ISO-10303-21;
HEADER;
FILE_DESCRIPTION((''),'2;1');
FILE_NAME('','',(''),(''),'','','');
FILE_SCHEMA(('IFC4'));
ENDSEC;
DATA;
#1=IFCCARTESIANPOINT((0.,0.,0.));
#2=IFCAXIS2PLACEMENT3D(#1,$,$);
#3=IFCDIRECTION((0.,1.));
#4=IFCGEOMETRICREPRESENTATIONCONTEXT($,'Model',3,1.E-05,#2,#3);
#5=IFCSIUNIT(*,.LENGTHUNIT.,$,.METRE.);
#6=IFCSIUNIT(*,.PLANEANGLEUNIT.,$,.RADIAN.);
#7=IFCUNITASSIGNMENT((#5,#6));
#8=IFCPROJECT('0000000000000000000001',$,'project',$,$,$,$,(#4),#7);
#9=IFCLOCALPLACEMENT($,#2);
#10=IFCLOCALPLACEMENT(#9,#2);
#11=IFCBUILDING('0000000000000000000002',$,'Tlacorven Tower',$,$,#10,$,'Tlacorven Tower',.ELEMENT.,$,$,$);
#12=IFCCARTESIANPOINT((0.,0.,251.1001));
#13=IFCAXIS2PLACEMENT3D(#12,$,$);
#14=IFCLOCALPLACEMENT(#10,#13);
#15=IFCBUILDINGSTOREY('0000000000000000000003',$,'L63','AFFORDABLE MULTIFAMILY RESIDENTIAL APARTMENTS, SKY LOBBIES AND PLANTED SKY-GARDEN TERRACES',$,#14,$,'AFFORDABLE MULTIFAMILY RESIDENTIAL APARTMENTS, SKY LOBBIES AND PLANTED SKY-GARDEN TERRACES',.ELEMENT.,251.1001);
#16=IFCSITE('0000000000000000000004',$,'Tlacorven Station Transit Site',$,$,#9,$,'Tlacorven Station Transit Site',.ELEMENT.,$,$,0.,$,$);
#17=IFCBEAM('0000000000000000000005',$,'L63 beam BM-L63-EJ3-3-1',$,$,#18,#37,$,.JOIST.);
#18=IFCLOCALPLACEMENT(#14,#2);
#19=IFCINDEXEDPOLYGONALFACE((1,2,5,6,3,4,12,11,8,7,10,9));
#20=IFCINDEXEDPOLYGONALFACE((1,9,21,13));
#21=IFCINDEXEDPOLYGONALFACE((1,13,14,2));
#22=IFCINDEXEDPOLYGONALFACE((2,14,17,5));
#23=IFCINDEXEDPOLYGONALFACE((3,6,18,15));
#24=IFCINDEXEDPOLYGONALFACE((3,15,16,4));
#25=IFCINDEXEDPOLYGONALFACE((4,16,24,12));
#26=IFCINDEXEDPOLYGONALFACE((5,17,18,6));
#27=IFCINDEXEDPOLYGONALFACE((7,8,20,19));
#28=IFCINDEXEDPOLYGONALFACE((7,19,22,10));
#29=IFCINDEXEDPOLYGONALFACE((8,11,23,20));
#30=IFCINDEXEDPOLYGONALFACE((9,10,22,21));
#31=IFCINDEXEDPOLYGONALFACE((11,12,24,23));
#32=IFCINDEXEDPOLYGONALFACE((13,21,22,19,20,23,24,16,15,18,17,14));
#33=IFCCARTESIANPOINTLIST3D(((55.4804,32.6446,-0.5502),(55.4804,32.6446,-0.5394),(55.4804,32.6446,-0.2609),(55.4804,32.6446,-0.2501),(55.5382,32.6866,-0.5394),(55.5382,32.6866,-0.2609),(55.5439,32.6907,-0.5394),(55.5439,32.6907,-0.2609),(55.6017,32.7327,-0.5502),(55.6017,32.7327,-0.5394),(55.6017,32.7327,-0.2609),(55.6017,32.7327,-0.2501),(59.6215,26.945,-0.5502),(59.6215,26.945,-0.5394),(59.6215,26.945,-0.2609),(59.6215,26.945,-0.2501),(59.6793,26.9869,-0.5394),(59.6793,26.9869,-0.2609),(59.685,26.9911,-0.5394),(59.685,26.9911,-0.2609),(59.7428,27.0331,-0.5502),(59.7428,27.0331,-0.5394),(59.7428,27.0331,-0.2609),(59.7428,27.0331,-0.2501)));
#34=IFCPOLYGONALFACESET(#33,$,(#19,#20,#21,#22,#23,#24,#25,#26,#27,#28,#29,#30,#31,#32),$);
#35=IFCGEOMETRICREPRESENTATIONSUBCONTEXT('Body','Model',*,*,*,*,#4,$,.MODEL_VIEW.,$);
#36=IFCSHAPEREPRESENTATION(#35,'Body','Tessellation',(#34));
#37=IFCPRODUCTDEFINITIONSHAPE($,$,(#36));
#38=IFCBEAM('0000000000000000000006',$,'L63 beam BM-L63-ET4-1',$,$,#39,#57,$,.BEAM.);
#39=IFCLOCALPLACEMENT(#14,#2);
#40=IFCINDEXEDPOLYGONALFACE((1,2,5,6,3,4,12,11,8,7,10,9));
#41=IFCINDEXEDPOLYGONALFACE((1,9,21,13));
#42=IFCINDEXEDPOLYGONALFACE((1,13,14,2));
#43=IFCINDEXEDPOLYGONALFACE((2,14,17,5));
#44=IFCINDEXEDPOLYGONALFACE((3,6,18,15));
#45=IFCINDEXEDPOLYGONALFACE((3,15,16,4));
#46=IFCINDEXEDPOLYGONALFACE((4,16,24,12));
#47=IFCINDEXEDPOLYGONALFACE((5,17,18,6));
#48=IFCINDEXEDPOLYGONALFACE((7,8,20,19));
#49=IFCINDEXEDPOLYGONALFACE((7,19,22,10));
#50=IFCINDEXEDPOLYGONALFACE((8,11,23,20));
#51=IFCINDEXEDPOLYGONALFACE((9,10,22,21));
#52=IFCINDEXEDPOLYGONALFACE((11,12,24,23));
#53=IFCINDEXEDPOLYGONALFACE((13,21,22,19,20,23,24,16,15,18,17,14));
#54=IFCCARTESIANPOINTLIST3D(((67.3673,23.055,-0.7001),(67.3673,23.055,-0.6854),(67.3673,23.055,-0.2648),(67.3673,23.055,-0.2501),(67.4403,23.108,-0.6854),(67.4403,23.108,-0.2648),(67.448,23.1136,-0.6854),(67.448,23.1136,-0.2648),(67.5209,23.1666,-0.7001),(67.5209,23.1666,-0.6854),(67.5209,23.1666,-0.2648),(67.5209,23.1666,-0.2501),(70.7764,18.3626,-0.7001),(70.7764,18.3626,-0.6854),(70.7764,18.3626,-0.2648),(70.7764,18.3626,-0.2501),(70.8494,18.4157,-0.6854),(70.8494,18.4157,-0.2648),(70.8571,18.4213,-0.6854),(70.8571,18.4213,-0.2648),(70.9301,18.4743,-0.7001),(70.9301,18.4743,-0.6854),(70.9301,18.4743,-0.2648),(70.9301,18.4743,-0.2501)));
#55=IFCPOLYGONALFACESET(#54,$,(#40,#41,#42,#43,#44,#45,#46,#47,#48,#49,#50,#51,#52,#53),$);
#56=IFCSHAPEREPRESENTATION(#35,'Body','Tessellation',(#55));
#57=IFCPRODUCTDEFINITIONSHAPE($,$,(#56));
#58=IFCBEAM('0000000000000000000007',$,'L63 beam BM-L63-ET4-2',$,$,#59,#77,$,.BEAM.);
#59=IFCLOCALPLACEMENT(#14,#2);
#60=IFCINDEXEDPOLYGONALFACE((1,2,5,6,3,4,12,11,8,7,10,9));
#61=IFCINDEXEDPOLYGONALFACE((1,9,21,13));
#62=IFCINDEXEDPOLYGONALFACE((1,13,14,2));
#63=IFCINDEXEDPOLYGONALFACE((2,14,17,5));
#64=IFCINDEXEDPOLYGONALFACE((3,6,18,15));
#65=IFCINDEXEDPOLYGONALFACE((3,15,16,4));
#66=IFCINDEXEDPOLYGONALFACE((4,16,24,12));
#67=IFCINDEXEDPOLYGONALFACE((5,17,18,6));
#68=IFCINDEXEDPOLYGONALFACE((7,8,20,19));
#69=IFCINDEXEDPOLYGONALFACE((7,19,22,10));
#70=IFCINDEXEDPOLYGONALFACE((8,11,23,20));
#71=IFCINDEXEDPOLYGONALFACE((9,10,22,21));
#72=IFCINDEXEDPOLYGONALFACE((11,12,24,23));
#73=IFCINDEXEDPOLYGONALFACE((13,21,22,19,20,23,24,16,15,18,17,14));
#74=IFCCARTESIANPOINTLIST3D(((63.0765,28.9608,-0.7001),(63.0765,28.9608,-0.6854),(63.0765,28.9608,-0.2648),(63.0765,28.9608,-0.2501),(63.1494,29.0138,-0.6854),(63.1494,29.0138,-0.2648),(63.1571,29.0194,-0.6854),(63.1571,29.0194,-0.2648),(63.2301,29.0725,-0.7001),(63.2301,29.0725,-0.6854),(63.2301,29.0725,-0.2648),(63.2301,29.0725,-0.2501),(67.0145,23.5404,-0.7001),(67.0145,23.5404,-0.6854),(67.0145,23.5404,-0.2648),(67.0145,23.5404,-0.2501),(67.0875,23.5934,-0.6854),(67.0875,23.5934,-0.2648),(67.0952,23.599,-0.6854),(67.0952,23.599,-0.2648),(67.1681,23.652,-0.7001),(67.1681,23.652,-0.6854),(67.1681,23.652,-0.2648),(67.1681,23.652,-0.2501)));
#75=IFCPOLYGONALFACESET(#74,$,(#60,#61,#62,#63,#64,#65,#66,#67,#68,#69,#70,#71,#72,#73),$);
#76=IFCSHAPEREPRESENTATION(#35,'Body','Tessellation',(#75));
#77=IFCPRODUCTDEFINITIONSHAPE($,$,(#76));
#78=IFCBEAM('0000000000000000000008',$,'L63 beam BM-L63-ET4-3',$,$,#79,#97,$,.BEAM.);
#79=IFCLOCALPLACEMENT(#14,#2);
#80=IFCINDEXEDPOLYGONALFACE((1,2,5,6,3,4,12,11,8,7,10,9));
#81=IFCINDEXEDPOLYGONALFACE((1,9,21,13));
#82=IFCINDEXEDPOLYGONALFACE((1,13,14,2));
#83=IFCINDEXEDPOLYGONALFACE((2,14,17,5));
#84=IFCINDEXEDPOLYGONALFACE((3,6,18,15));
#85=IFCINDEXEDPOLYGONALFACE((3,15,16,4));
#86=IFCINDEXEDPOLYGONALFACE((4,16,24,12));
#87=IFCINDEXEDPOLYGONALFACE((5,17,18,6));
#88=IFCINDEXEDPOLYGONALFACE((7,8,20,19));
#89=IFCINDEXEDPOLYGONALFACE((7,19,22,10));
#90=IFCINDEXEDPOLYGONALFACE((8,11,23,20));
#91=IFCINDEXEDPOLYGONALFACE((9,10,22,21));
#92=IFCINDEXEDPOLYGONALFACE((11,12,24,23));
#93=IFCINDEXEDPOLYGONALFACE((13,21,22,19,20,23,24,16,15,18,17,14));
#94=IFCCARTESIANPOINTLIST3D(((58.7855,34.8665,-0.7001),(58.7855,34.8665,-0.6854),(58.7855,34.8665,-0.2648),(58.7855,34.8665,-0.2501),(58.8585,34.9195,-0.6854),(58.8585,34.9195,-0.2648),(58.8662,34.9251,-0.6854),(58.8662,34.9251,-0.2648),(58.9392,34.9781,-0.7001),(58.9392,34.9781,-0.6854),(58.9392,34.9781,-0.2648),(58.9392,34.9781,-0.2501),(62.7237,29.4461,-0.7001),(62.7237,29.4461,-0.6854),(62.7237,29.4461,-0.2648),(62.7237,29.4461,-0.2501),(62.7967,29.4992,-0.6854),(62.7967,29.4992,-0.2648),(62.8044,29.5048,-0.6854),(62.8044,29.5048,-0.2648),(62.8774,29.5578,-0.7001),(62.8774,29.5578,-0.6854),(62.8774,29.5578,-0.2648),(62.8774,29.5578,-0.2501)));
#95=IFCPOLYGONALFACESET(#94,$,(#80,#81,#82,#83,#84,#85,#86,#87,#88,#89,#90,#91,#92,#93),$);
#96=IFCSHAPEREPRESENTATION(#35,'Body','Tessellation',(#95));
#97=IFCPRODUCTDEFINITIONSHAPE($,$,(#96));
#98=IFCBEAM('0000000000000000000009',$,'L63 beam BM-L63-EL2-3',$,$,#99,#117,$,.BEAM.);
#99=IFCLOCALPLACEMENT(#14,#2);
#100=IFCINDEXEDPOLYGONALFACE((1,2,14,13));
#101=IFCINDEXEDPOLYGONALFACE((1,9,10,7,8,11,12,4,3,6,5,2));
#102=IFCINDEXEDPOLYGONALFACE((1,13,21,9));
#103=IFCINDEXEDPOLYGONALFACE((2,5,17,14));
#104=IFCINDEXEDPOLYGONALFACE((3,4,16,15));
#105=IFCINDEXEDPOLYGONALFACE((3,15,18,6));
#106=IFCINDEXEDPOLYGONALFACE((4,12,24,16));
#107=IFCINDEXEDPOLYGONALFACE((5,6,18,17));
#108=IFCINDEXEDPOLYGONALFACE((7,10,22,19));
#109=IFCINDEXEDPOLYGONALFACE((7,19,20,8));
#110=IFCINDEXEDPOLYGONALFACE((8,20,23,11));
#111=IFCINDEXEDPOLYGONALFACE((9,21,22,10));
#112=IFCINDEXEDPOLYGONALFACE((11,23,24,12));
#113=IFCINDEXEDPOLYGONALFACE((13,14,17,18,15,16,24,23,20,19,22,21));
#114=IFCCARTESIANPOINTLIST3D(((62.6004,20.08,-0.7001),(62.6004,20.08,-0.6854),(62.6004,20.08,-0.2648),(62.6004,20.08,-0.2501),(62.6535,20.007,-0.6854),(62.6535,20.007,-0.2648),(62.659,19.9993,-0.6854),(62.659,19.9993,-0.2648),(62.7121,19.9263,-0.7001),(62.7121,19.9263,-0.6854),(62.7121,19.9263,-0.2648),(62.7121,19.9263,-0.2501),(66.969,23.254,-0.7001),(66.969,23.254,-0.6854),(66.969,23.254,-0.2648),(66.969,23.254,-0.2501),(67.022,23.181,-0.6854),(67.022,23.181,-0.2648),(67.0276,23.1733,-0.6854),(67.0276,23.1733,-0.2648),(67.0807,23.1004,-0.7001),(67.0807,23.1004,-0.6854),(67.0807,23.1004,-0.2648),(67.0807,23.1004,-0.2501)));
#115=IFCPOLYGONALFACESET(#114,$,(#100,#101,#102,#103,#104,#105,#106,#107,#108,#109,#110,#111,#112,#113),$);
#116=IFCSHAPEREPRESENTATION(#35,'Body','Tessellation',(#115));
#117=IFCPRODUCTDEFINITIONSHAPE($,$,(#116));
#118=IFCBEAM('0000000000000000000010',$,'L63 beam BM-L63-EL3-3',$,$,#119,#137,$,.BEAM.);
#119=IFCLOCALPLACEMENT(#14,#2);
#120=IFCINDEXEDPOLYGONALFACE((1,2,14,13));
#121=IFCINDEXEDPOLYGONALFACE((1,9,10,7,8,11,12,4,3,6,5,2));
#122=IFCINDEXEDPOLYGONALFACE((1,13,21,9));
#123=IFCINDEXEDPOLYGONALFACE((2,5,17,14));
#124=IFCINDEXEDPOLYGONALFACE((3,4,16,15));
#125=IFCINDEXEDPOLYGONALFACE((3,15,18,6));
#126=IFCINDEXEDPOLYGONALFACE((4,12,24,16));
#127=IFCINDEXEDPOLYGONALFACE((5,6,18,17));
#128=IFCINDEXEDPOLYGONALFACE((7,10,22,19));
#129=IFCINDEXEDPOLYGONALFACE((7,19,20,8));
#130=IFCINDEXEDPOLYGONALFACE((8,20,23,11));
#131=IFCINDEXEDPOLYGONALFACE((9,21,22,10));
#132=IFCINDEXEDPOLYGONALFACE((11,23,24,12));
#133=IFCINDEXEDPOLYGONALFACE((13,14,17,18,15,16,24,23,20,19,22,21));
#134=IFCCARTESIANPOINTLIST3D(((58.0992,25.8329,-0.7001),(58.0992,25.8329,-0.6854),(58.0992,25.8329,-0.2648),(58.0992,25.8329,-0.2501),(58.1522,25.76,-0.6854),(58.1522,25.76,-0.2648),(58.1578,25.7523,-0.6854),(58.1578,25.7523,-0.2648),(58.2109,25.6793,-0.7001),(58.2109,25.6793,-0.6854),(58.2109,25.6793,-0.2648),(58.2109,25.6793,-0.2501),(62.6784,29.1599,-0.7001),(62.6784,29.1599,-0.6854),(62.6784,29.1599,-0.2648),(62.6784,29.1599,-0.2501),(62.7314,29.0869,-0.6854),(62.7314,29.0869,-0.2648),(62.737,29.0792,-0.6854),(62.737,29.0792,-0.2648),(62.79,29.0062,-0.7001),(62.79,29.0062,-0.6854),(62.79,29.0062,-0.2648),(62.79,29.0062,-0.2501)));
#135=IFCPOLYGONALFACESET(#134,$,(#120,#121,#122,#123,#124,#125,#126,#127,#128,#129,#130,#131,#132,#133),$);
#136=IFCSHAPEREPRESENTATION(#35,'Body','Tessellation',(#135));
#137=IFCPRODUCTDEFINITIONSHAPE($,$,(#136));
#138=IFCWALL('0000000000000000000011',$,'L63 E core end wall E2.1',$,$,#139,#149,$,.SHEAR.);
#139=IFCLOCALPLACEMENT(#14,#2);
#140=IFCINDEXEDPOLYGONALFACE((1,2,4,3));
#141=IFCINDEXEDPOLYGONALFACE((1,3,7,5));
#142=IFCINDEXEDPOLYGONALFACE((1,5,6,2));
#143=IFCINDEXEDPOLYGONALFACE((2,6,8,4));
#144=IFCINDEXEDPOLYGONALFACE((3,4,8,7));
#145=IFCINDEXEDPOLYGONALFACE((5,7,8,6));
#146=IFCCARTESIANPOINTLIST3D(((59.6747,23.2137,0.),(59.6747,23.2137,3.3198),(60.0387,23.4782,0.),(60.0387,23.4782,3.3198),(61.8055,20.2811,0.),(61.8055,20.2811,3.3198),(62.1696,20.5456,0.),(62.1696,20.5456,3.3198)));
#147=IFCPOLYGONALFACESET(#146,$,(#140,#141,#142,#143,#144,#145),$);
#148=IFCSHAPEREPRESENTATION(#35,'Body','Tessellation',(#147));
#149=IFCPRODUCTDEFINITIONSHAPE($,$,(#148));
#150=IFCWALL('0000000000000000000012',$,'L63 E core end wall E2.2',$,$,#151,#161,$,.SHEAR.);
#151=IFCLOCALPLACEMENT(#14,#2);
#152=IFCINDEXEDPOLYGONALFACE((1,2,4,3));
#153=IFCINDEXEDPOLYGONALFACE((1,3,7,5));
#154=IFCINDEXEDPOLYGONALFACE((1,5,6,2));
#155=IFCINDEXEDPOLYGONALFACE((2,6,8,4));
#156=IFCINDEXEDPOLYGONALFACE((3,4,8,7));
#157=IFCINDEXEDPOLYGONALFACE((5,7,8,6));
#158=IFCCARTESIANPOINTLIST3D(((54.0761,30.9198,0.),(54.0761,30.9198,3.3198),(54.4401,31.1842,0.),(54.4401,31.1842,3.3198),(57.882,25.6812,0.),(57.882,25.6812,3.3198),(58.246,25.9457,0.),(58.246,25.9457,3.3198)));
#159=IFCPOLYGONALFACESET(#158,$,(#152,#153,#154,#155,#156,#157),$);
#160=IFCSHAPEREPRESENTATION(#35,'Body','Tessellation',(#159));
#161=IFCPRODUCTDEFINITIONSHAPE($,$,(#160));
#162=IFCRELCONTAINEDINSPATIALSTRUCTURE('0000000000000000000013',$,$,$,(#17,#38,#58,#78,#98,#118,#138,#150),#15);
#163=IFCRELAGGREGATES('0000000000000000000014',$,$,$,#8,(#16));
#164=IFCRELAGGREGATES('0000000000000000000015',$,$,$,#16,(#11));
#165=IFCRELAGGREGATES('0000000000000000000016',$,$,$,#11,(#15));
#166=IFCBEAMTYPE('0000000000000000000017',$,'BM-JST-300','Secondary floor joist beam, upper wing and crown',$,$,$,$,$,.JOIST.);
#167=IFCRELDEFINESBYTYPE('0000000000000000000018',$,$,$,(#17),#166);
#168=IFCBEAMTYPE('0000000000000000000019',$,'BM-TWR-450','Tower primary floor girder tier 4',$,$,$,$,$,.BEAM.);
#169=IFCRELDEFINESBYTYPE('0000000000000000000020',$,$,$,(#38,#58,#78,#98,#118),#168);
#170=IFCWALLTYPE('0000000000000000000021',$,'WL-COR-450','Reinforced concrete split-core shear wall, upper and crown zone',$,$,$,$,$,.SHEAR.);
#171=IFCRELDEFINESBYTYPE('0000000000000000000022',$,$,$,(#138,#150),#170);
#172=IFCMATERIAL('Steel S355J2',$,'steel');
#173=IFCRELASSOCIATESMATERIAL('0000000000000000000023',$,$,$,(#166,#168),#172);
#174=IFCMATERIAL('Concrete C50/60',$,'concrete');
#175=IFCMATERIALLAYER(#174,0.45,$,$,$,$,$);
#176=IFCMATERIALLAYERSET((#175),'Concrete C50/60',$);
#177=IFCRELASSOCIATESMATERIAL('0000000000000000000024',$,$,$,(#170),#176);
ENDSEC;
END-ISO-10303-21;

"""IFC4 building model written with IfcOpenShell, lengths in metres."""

from ifc_helpers import new_model, si_unit, direction, frame, frame_2d, origin, origin_2d, place, context, subcontext, project, spatial, rectangle, i_section, extrude, source, transform, mapped, material, layer, layer_set, material_profile, profile_set, type_object, element, save


model = new_model("IFC4")

# Units and contexts
model_context = context("Model", 3, precision=1e-05, world=origin(), true_north=direction((0.0, 1.0)))
body_context = subcontext(model_context, "Body", "Model", "MODEL_VIEW")
ifc_project = project(units=[si_unit("LENGTHUNIT", "METRE"), si_unit("PLANEANGLEUNIT", "RADIAN")], contexts=[model_context])

# Site, building, storey
site_placement = place(None, origin())
site = spatial("IfcSite", under=ifc_project, at=site_placement, Name="Tlacorven Station Transit Site", LongName="Tlacorven Station Transit Site", CompositionType="ELEMENT", RefElevation=0.0)
building_placement = place(site_placement, origin())
building = spatial("IfcBuilding", under=site, at=building_placement, Name="Tlacorven Tower", LongName="Tlacorven Tower", CompositionType="ELEMENT")
storey_placement = place(building_placement, frame((0.0, 0.0, 251.1001)))
storey = spatial("IfcBuildingStorey", under=building, at=storey_placement, Name="L63", Description="AFFORDABLE MULTIFAMILY RESIDENTIAL APARTMENTS, SKY LOBBIES AND PLANTED SKY-GARDEN TERRACES", LongName="AFFORDABLE MULTIFAMILY RESIDENTIAL APARTMENTS, SKY LOBBIES AND PLANTED SKY-GARDEN TERRACES", CompositionType="ELEMENT", Elevation=251.1001)

# Shared definitions
ifc_material_1 = material(Name="Steel S355J2", Category="steel")

# Beams
ifc_material_profile_1 = material_profile(ifc_material_1, i_section(OverallWidth=0.1499, OverallDepth=0.3, WebThickness=0.0071, FlangeThickness=0.0107, at=origin_2d()), Name="IPE 300")
ifc_profile_set_1 = profile_set([ifc_material_profile_1], Name="Steel S355J2")
beam_type_1 = type_object("IfcBeamType", Name="BM-JST-300", Description="Secondary floor joist beam, upper wing and crown", PredefinedType="JOIST", material=ifc_profile_set_1)
shared_shape_1 = source(origin(), body_context, "Body", "SweptSolid", [
    extrude(i_section(OverallWidth=0.1499, OverallDepth=0.3, WebThickness=0.0071, FlangeThickness=0.0107, at=origin_2d()), origin(), (0.0, 0.0, 1.0), 7.0452),
])
beam_1_placement = place(storey_placement, frame((59.6821, 26.989, -0.4001), z_axis=(-0.587788, 0.809015, 0.0), x_axis=(-0.809015, -0.587788, 0.0)))
element("IfcBeam", 1, at=beam_1_placement, inside=storey, type_object=beam_type_1, Name="L63 beam BM-L63-EJ3-3-1", PredefinedType="JOIST", context=body_context, shape_type="MappedRepresentation", body=[
    mapped(shared_shape_1, transform((0.0, 0.0, 0.0), scale=1.0)),
])
ifc_material_profile_2 = material_profile(ifc_material_1, i_section(OverallWidth=0.1899, OverallDepth=0.45, WebThickness=0.0095, FlangeThickness=0.0146, at=origin_2d()), Name="IPE 450")
ifc_profile_set_2 = profile_set([ifc_material_profile_2], Name="Steel S355J2")
beam_type_2 = type_object("IfcBeamType", Name="BM-TWR-450", Description="Tower primary floor girder tier 4", PredefinedType="BEAM", material=ifc_profile_set_2)
shared_shape_2 = source(origin(), body_context, "Body", "SweptSolid", [
    extrude(i_section(OverallWidth=0.1899, OverallDepth=0.45, WebThickness=0.0095, FlangeThickness=0.0146, at=origin_2d()), origin(), (0.0, 0.0, 1.0), 5.8),
])
beam_2_placement = place(storey_placement, frame((70.8533, 18.4185, -0.4751), z_axis=(-0.587781, 0.80902, 0.0), x_axis=(-0.80902, -0.587781, 0.0)))
element("IfcBeam", 2, at=beam_2_placement, inside=storey, type_object=beam_type_2, Name="L63 beam BM-L63-ET4-1", PredefinedType="BEAM", context=body_context, shape_type="MappedRepresentation", body=[
    mapped(shared_shape_2, transform((0.0, 0.0, 0.0), scale=1.0)),
])
shared_shape_3 = source(origin(), body_context, "Body", "SweptSolid", [
    extrude(i_section(OverallWidth=0.1899, OverallDepth=0.45, WebThickness=0.0095, FlangeThickness=0.0146, at=origin_2d()), origin(), (0.0, 0.0, 1.0), 6.7),
])
for number, where, z_axis, x_axis, name in (
    (3, (67.0913, 23.5962, -0.4751), (-0.587769, 0.809029, 0.0), (-0.809029, -0.587769, 0.0), "L63 beam BM-L63-ET4-2"),
    (4, (62.8005, 29.502, -0.4751), (-0.587792, 0.809012, 0.0), (-0.809012, -0.587792, 0.0), "L63 beam BM-L63-ET4-3"),
):
    element("IfcBeam", number, at=place(storey_placement, frame(where, z_axis=z_axis, x_axis=x_axis)), inside=storey, type_object=beam_type_2, Name=name, PredefinedType="BEAM", context=body_context, shape_type="MappedRepresentation", body=[
        mapped(shared_shape_3, transform((0.0, 0.0, 0.0), scale=1.0)),
    ])
shared_shape_4 = source(origin(), body_context, "Body", "SweptSolid", [
    extrude(i_section(OverallWidth=0.1899, OverallDepth=0.45, WebThickness=0.0095, FlangeThickness=0.0146, at=origin_2d()), origin(), (0.0, 0.0, 1.0), 5.3999),
])
beam_3_placement = place(storey_placement, frame((62.6562, 20.0032, -0.4751), z_axis=(0.809012, 0.587793, 0.0), x_axis=(-0.587793, 0.809012, 0.0)))
element("IfcBeam", 5, at=beam_3_placement, inside=storey, type_object=beam_type_2, Name="L63 beam BM-L63-EL2-3", PredefinedType="BEAM", context=body_context, shape_type="MappedRepresentation", body=[
    mapped(shared_shape_4, transform((0.0, 0.0, 0.0), scale=1.0)),
])
shared_shape_5 = source(origin(), body_context, "Body", "SweptSolid", [
    extrude(i_section(OverallWidth=0.1899, OverallDepth=0.45, WebThickness=0.0095, FlangeThickness=0.0146, at=origin_2d()), origin(), (0.0, 0.0, 1.0), 5.6602),
])
beam_4_placement = place(storey_placement, frame((58.155, 25.7561, -0.4751), z_axis=(0.809018, 0.587784, 0.0), x_axis=(-0.587784, 0.809018, 0.0)))
element("IfcBeam", 6, at=beam_4_placement, inside=storey, type_object=beam_type_2, Name="L63 beam BM-L63-EL3-3", PredefinedType="BEAM", context=body_context, shape_type="MappedRepresentation", body=[
    mapped(shared_shape_5, transform((0.0, 0.0, 0.0), scale=1.0)),
])

# Walls
ifc_material_2 = material(Name="Concrete C50/60", Category="concrete")
ifc_layer_1 = layer(ifc_material_2, 0.45)
ifc_layer_set_1 = layer_set([ifc_layer_1], Name="Concrete C50/60")
wall_type_1 = type_object("IfcWallType", Name="WL-COR-450", Description="Reinforced concrete split-core shear wall, upper and crown zone", PredefinedType="SHEAR", material=ifc_layer_set_1)
wall_1_placement = place(storey_placement, frame((61.9875, 20.4133, 0.0), z_axis=(0.0, 0.0, 1.0), x_axis=(-0.587819, 0.808992, 0.0)))
element("IfcWall", 7, at=wall_1_placement, inside=storey, type_object=wall_type_1, Name="L63 E core end wall E2.1", PredefinedType="SHEAR", context=body_context, shape_type="SweptSolid", body=[
    extrude(rectangle(XDim=3.625, YDim=0.45, at=frame_2d((1.8125, 0.0))), origin(), (0.0, 0.0, 1.0), 3.3198),
])
wall_2_placement = place(storey_placement, frame((58.064, 25.8135, 0.0), z_axis=(0.0, 0.0, 1.0), x_axis=(-0.587775, 0.809025, 0.0)))
element("IfcWall", 8, at=wall_2_placement, inside=storey, type_object=wall_type_1, Name="L63 E core end wall E2.2", PredefinedType="SHEAR", context=body_context, shape_type="SweptSolid", body=[
    extrude(rectangle(XDim=6.4751, YDim=0.45, at=frame_2d((3.2375, 0.0))), origin(), (0.0, 0.0, 1.0), 3.3198),
])

save(model, "model.ifc")
